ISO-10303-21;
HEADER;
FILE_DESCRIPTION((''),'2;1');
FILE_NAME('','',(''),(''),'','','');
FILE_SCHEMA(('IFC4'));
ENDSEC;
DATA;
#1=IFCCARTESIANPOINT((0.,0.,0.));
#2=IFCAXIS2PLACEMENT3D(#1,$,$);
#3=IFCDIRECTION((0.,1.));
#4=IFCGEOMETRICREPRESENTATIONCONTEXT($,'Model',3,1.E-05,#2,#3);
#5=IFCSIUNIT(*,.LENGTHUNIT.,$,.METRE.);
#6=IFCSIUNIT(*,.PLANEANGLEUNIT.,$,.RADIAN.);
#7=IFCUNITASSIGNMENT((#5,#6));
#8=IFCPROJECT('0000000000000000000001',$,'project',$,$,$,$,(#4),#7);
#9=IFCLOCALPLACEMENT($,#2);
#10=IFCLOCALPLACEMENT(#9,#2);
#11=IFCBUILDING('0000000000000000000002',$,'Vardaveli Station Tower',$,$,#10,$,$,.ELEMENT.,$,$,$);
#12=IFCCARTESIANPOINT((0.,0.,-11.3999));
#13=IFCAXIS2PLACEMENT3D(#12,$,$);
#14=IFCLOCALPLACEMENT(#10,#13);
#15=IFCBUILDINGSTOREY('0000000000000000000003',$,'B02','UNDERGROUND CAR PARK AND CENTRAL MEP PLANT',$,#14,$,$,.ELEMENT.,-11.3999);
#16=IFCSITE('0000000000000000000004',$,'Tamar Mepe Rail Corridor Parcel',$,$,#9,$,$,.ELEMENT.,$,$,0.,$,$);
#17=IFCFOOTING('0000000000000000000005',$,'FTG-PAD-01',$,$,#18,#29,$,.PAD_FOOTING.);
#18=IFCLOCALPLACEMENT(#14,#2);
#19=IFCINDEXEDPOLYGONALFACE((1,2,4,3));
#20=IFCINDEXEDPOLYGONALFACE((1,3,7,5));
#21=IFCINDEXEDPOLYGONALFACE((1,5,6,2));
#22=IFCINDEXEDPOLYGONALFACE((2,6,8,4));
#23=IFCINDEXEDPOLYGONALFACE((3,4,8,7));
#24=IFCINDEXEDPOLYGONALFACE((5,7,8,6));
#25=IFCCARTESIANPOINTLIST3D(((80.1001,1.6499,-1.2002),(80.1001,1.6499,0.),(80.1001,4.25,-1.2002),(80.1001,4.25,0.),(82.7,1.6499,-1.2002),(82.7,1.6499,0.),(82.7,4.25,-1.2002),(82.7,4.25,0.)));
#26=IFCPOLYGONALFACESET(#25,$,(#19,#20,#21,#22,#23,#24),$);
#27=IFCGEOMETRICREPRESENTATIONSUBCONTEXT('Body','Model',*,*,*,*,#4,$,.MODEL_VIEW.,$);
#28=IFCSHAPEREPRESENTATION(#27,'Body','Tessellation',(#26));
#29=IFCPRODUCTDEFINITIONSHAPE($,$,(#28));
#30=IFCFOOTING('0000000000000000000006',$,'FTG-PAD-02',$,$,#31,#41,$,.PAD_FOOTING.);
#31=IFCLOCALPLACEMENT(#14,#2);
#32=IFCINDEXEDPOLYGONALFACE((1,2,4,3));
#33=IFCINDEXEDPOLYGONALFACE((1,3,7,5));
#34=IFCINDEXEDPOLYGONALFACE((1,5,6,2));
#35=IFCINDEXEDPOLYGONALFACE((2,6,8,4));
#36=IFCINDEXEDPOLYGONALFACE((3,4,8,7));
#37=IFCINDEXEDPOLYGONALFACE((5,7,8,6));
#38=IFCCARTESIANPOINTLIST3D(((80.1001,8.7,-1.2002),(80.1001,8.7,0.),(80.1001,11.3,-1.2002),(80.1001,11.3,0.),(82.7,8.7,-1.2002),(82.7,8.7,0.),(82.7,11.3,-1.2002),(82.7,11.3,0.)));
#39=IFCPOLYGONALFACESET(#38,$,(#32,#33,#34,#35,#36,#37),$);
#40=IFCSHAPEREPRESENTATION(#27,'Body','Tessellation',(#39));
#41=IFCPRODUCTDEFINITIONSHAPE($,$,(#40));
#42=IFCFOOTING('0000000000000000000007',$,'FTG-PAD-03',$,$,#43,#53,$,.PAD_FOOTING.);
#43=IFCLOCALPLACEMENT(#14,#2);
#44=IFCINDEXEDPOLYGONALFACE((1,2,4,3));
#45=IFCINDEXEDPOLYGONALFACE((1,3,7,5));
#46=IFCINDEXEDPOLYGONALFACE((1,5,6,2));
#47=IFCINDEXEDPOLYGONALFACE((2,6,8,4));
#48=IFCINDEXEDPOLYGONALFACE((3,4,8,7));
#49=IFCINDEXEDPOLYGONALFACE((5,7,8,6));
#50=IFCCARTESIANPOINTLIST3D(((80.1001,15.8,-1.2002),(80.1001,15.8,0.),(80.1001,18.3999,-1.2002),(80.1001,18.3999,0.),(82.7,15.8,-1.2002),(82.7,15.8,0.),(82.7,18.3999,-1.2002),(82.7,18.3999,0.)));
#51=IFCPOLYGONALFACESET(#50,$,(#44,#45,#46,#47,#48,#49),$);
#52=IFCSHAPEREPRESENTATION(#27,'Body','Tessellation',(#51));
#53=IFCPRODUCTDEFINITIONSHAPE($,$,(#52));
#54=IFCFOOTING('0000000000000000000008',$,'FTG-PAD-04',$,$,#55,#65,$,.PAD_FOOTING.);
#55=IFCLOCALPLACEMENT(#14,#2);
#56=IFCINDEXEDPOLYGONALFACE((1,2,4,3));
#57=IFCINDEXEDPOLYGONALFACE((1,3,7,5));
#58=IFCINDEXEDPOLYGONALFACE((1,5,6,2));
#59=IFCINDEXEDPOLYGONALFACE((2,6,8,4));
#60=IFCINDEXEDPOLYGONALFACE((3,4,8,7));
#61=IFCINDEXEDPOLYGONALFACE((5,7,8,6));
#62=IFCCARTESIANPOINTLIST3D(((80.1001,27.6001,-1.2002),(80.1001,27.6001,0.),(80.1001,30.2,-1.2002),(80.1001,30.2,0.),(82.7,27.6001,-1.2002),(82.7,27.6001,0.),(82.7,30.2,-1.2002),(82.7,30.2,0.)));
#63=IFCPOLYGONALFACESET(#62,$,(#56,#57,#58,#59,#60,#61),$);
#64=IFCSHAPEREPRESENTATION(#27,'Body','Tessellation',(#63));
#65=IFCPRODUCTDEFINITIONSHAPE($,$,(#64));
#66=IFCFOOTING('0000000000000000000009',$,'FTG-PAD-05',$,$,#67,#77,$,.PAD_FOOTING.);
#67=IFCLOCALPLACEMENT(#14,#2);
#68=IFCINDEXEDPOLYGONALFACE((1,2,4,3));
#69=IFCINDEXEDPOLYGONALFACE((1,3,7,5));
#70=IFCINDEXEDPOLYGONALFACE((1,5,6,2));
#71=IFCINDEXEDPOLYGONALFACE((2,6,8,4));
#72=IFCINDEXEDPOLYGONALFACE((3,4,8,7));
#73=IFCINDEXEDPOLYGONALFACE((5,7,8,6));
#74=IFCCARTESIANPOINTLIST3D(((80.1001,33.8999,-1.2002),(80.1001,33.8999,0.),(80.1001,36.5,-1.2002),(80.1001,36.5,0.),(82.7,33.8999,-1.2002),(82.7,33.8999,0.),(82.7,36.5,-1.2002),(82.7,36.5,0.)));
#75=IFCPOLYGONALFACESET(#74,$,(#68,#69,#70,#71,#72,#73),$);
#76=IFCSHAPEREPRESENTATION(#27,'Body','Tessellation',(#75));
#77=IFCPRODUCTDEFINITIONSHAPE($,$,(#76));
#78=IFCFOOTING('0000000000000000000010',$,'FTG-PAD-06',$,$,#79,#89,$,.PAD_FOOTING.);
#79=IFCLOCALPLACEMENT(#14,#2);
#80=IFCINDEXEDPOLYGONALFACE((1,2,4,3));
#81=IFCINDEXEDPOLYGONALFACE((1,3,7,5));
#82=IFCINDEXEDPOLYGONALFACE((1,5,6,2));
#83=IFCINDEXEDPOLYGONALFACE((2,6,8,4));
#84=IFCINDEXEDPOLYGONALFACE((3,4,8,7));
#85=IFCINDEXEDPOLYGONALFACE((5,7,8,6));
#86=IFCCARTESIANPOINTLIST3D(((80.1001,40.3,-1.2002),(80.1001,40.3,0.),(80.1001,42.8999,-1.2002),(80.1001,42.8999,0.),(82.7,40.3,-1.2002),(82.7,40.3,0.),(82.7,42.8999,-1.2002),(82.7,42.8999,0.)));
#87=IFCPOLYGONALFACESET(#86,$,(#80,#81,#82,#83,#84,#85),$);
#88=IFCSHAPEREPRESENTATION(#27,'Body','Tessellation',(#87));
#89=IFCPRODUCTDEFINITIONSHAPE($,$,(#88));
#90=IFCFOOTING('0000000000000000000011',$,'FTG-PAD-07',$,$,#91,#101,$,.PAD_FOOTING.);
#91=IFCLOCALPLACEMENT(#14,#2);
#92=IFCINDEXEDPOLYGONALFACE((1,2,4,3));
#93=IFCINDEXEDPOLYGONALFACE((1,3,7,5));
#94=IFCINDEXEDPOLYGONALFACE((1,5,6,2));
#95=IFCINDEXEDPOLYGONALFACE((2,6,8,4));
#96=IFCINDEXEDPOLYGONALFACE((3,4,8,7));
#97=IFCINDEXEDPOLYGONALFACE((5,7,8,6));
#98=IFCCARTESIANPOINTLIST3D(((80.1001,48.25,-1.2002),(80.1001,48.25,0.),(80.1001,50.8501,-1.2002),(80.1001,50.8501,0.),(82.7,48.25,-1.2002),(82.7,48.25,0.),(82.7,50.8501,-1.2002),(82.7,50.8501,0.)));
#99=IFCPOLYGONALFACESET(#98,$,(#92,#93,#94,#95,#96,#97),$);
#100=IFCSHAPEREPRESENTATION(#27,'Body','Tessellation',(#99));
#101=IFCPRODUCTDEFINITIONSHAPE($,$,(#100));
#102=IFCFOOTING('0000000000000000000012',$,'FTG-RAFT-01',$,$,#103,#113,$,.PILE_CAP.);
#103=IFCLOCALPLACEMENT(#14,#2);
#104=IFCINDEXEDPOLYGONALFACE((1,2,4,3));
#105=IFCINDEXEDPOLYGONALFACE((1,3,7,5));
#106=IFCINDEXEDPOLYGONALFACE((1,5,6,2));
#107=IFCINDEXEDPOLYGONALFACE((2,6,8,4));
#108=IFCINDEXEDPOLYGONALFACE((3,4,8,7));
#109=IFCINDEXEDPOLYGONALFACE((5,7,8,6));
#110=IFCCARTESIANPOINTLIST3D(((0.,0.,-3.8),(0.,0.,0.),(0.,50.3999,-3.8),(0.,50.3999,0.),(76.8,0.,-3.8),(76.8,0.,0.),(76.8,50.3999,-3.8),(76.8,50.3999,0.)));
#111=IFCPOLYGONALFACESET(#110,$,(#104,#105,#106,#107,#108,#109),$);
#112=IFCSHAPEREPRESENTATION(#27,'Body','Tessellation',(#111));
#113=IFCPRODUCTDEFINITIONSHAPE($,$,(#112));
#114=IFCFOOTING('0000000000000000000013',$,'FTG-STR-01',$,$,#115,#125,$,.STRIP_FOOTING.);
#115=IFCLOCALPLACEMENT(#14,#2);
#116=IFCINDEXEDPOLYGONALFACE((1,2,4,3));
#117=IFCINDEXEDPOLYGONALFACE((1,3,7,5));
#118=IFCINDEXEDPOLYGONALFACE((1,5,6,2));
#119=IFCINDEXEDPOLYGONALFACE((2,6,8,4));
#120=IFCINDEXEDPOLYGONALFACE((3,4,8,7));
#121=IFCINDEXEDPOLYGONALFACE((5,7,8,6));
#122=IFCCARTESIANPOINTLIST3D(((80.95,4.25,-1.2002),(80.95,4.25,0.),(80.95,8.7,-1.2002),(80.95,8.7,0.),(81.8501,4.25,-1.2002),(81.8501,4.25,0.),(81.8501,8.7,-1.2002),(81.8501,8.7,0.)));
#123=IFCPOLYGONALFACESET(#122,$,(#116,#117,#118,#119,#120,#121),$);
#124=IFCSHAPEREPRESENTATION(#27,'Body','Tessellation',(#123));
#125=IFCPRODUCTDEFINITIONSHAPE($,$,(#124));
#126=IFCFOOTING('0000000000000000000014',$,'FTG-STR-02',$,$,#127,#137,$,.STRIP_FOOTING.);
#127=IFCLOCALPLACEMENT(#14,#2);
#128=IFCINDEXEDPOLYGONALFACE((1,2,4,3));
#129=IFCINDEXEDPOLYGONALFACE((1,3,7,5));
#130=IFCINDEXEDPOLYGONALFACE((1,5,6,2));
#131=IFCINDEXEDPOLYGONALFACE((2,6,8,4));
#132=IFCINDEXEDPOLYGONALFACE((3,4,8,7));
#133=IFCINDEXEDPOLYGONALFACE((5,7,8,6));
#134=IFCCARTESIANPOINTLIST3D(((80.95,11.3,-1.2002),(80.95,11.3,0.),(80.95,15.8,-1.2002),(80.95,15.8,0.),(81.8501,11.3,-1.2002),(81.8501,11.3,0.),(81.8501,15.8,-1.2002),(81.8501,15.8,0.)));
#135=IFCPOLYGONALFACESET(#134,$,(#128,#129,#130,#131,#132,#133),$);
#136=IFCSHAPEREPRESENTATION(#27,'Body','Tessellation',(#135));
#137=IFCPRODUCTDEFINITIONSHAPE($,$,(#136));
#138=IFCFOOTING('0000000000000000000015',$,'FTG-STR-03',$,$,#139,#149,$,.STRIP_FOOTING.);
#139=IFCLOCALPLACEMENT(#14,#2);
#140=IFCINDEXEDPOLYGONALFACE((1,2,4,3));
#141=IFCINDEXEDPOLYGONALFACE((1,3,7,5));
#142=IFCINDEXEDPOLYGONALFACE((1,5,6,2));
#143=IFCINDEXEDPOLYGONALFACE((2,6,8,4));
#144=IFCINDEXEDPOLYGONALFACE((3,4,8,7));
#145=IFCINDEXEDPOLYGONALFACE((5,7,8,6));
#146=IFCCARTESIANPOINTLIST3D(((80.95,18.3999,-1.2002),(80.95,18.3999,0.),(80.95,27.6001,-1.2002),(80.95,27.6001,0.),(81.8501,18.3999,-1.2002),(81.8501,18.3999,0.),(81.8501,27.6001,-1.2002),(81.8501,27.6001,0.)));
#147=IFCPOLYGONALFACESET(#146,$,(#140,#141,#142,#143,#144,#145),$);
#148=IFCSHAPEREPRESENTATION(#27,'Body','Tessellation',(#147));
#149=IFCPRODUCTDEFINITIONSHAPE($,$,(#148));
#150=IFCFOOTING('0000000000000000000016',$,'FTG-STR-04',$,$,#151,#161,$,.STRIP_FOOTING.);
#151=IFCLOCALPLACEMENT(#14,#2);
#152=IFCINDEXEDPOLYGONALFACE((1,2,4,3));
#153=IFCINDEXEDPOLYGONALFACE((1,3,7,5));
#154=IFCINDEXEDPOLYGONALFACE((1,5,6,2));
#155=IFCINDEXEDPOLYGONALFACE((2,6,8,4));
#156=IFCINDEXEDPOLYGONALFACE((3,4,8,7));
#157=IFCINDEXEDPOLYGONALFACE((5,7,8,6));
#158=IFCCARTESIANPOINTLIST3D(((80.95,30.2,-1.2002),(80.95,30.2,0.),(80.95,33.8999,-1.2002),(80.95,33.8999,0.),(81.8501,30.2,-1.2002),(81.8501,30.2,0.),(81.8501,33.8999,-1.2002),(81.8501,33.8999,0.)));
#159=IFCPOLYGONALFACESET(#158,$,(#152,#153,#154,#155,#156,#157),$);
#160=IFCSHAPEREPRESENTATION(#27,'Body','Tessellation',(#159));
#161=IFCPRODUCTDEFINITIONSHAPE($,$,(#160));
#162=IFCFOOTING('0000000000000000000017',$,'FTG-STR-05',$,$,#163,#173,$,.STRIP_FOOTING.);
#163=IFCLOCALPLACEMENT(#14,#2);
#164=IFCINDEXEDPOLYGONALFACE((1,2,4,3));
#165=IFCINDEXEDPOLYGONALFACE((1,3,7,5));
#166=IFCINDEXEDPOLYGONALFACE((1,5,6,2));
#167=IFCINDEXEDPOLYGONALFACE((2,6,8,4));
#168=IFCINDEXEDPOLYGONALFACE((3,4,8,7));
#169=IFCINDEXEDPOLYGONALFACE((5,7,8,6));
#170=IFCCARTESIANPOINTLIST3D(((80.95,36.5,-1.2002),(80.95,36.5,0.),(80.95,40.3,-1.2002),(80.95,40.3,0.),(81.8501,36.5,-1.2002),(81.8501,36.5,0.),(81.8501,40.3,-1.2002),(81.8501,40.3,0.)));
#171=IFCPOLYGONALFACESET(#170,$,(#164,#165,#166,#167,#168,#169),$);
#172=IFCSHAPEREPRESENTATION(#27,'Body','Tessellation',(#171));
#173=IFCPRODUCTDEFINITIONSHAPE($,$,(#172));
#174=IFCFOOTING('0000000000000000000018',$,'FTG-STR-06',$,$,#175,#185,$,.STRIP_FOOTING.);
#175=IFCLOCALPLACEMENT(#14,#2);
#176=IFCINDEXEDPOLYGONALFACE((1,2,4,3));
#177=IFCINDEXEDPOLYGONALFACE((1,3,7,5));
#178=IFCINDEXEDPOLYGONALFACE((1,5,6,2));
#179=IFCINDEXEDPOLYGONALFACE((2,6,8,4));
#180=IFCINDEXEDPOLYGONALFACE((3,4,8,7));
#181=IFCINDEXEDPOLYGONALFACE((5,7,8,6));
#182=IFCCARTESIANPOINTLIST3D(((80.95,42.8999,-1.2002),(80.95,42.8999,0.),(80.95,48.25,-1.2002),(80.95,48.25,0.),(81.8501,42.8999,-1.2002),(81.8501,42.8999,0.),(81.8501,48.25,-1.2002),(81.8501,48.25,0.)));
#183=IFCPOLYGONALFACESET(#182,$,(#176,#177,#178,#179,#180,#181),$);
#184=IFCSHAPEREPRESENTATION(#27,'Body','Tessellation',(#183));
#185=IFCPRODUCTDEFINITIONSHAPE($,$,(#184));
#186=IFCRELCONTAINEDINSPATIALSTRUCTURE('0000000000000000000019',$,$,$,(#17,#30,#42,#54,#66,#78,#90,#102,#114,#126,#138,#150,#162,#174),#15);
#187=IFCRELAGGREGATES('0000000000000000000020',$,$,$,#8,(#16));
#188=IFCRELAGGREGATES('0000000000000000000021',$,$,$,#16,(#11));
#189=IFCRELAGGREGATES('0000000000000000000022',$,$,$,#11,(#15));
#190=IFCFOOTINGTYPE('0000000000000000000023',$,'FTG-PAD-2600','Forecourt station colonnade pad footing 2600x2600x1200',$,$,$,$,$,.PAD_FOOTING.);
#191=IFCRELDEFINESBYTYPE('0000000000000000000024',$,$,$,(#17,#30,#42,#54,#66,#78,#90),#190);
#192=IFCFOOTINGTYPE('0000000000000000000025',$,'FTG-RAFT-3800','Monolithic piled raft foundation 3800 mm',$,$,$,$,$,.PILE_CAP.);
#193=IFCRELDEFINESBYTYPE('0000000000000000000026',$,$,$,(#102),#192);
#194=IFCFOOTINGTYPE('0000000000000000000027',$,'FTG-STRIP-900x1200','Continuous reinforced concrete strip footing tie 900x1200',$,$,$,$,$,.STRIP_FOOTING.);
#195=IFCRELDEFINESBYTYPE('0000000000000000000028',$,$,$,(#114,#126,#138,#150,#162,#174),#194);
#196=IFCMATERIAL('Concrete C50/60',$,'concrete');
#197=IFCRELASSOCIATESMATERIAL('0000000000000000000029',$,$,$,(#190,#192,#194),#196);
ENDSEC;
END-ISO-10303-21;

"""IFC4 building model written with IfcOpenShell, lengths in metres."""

from ifc_helpers import new_model, si_unit, direction, frame, origin, place, context, subcontext, project, spatial, polyline, outline, extrude, material, type_object, element, save


model = new_model("IFC4")

# Units and contexts
model_context = context("Model", 3, precision=1e-05, world=origin(), true_north=direction((0.0, 1.0)))
body_context = subcontext(model_context, "Body", "Model", "MODEL_VIEW")
ifc_project = project(units=[si_unit("LENGTHUNIT", "METRE"), si_unit("PLANEANGLEUNIT", "RADIAN")], contexts=[model_context])

# Site, building, storey
site_placement = place(None, origin())
site = spatial("IfcSite", under=ifc_project, at=site_placement, Name="Tamar Mepe Rail Corridor Parcel", CompositionType="ELEMENT", RefElevation=0.0)
building_placement = place(site_placement, origin())
building = spatial("IfcBuilding", under=site, at=building_placement, Name="Vardaveli Station Tower", CompositionType="ELEMENT")
storey_placement = place(building_placement, frame((0.0, 0.0, -11.3999)))
storey = spatial("IfcBuildingStorey", under=building, at=storey_placement, Name="B02", Description="UNDERGROUND CAR PARK AND CENTRAL MEP PLANT", CompositionType="ELEMENT", Elevation=-11.3999)

# Footings
ifc_material_1 = material(Name="Concrete C50/60", Category="concrete")
footing_type_1 = type_object("IfcFootingType", Name="FTG-PAD-2600", Description="Forecourt station colonnade pad footing 2600x2600x1200", PredefinedType="PAD_FOOTING", material=ifc_material_1)
footing_1_placement = place(storey_placement, frame((0.0, 0.0, -1.2002)))
element("IfcFooting", 1, at=footing_1_placement, inside=storey, type_object=footing_type_1, Name="FTG-PAD-01", PredefinedType="PAD_FOOTING", context=body_context, shape_type="SweptSolid", body=[
    extrude(outline(polyline([(80.1001, 1.6499), (82.7, 1.6499), (82.7, 4.25), (80.1001, 4.25), (80.1001, 1.6499)])), origin(), (0.0, 0.0, 1.0), 1.2002),
])
footing_2_placement = place(storey_placement, frame((0.0, 0.0, -1.2002)))
element("IfcFooting", 2, at=footing_2_placement, inside=storey, type_object=footing_type_1, Name="FTG-PAD-02", PredefinedType="PAD_FOOTING", context=body_context, shape_type="SweptSolid", body=[
    extrude(outline(polyline([(80.1001, 8.7), (82.7, 8.7), (82.7, 11.3), (80.1001, 11.3), (80.1001, 8.7)])), origin(), (0.0, 0.0, 1.0), 1.2002),
])
footing_3_placement = place(storey_placement, frame((0.0, 0.0, -1.2002)))
element("IfcFooting", 3, at=footing_3_placement, inside=storey, type_object=footing_type_1, Name="FTG-PAD-03", PredefinedType="PAD_FOOTING", context=body_context, shape_type="SweptSolid", body=[
    extrude(outline(polyline([(80.1001, 15.8), (82.7, 15.8), (82.7, 18.3999), (80.1001, 18.3999), (80.1001, 15.8)])), origin(), (0.0, 0.0, 1.0), 1.2002),
])
footing_4_placement = place(storey_placement, frame((0.0, 0.0, -1.2002)))
element("IfcFooting", 4, at=footing_4_placement, inside=storey, type_object=footing_type_1, Name="FTG-PAD-04", PredefinedType="PAD_FOOTING", context=body_context, shape_type="SweptSolid", body=[
    extrude(outline(polyline([(80.1001, 27.6001), (82.7, 27.6001), (82.7, 30.2), (80.1001, 30.2), (80.1001, 27.6001)])), origin(), (0.0, 0.0, 1.0), 1.2002),
])
footing_5_placement = place(storey_placement, frame((0.0, 0.0, -1.2002)))
element("IfcFooting", 5, at=footing_5_placement, inside=storey, type_object=footing_type_1, Name="FTG-PAD-05", PredefinedType="PAD_FOOTING", context=body_context, shape_type="SweptSolid", body=[
    extrude(outline(polyline([(80.1001, 33.8999), (82.7, 33.8999), (82.7, 36.5), (80.1001, 36.5), (80.1001, 33.8999)])), origin(), (0.0, 0.0, 1.0), 1.2002),
])
footing_6_placement = place(storey_placement, frame((0.0, 0.0, -1.2002)))
element("IfcFooting", 6, at=footing_6_placement, inside=storey, type_object=footing_type_1, Name="FTG-PAD-06", PredefinedType="PAD_FOOTING", context=body_context, shape_type="SweptSolid", body=[
    extrude(outline(polyline([(80.1001, 40.3), (82.7, 40.3), (82.7, 42.8999), (80.1001, 42.8999), (80.1001, 40.3)])), origin(), (0.0, 0.0, 1.0), 1.2002),
])
footing_7_placement = place(storey_placement, frame((0.0, 0.0, -1.2002)))
element("IfcFooting", 7, at=footing_7_placement, inside=storey, type_object=footing_type_1, Name="FTG-PAD-07", PredefinedType="PAD_FOOTING", context=body_context, shape_type="SweptSolid", body=[
    extrude(outline(polyline([(80.1001, 48.25), (82.7, 48.25), (82.7, 50.8501), (80.1001, 50.8501), (80.1001, 48.25)])), origin(), (0.0, 0.0, 1.0), 1.2002),
])
footing_type_2 = type_object("IfcFootingType", Name="FTG-RAFT-3800", Description="Monolithic piled raft foundation 3800 mm", PredefinedType="PILE_CAP", material=ifc_material_1)
footing_8_placement = place(storey_placement, frame((0.0, 0.0, -3.8)))
element("IfcFooting", 8, at=footing_8_placement, inside=storey, type_object=footing_type_2, Name="FTG-RAFT-01", PredefinedType="PILE_CAP", context=body_context, shape_type="SweptSolid", body=[
    extrude(outline(polyline([(0.0, 0.0), (76.8, 0.0), (76.8, 50.3999), (0.0, 50.3999), (0.0, 0.0)])), origin(), (0.0, 0.0, 1.0), 3.8),
])
footing_type_3 = type_object("IfcFootingType", Name="FTG-STRIP-900x1200", Description="Continuous reinforced concrete strip footing tie 900x1200", PredefinedType="STRIP_FOOTING", material=ifc_material_1)
footing_9_placement = place(storey_placement, frame((0.0, 0.0, -1.2002)))
element("IfcFooting", 9, at=footing_9_placement, inside=storey, type_object=footing_type_3, Name="FTG-STR-01", PredefinedType="STRIP_FOOTING", context=body_context, shape_type="SweptSolid", body=[
    extrude(outline(polyline([(80.95, 4.25), (81.8501, 4.25), (81.8501, 8.7), (80.95, 8.7), (80.95, 4.25)])), origin(), (0.0, 0.0, 1.0), 1.2002),
])
footing_10_placement = place(storey_placement, frame((0.0, 0.0, -1.2002)))
element("IfcFooting", 10, at=footing_10_placement, inside=storey, type_object=footing_type_3, Name="FTG-STR-02", PredefinedType="STRIP_FOOTING", context=body_context, shape_type="SweptSolid", body=[
    extrude(outline(polyline([(80.95, 11.3), (81.8501, 11.3), (81.8501, 15.8), (80.95, 15.8), (80.95, 11.3)])), origin(), (0.0, 0.0, 1.0), 1.2002),
])
footing_11_placement = place(storey_placement, frame((0.0, 0.0, -1.2002)))
element("IfcFooting", 11, at=footing_11_placement, inside=storey, type_object=footing_type_3, Name="FTG-STR-03", PredefinedType="STRIP_FOOTING", context=body_context, shape_type="SweptSolid", body=[
    extrude(outline(polyline([(80.95, 18.3999), (81.8501, 18.3999), (81.8501, 27.6001), (80.95, 27.6001), (80.95, 18.3999)])), origin(), (0.0, 0.0, 1.0), 1.2002),
])
footing_12_placement = place(storey_placement, frame((0.0, 0.0, -1.2002)))
element("IfcFooting", 12, at=footing_12_placement, inside=storey, type_object=footing_type_3, Name="FTG-STR-04", PredefinedType="STRIP_FOOTING", context=body_context, shape_type="SweptSolid", body=[
    extrude(outline(polyline([(80.95, 30.2), (81.8501, 30.2), (81.8501, 33.8999), (80.95, 33.8999), (80.95, 30.2)])), origin(), (0.0, 0.0, 1.0), 1.2002),
])
footing_13_placement = place(storey_placement, frame((0.0, 0.0, -1.2002)))
element("IfcFooting", 13, at=footing_13_placement, inside=storey, type_object=footing_type_3, Name="FTG-STR-05", PredefinedType="STRIP_FOOTING", context=body_context, shape_type="SweptSolid", body=[
    extrude(outline(polyline([(80.95, 36.5), (81.8501, 36.5), (81.8501, 40.3), (80.95, 40.3), (80.95, 36.5)])), origin(), (0.0, 0.0, 1.0), 1.2002),
])
footing_14_placement = place(storey_placement, frame((0.0, 0.0, -1.2002)))
element("IfcFooting", 14, at=footing_14_placement, inside=storey, type_object=footing_type_3, Name="FTG-STR-06", PredefinedType="STRIP_FOOTING", context=body_context, shape_type="SweptSolid", body=[
    extrude(outline(polyline([(80.95, 42.8999), (81.8501, 42.8999), (81.8501, 48.25), (80.95, 48.25), (80.95, 42.8999)])), origin(), (0.0, 0.0, 1.0), 1.2002),
])

save(model, "model.ifc")
